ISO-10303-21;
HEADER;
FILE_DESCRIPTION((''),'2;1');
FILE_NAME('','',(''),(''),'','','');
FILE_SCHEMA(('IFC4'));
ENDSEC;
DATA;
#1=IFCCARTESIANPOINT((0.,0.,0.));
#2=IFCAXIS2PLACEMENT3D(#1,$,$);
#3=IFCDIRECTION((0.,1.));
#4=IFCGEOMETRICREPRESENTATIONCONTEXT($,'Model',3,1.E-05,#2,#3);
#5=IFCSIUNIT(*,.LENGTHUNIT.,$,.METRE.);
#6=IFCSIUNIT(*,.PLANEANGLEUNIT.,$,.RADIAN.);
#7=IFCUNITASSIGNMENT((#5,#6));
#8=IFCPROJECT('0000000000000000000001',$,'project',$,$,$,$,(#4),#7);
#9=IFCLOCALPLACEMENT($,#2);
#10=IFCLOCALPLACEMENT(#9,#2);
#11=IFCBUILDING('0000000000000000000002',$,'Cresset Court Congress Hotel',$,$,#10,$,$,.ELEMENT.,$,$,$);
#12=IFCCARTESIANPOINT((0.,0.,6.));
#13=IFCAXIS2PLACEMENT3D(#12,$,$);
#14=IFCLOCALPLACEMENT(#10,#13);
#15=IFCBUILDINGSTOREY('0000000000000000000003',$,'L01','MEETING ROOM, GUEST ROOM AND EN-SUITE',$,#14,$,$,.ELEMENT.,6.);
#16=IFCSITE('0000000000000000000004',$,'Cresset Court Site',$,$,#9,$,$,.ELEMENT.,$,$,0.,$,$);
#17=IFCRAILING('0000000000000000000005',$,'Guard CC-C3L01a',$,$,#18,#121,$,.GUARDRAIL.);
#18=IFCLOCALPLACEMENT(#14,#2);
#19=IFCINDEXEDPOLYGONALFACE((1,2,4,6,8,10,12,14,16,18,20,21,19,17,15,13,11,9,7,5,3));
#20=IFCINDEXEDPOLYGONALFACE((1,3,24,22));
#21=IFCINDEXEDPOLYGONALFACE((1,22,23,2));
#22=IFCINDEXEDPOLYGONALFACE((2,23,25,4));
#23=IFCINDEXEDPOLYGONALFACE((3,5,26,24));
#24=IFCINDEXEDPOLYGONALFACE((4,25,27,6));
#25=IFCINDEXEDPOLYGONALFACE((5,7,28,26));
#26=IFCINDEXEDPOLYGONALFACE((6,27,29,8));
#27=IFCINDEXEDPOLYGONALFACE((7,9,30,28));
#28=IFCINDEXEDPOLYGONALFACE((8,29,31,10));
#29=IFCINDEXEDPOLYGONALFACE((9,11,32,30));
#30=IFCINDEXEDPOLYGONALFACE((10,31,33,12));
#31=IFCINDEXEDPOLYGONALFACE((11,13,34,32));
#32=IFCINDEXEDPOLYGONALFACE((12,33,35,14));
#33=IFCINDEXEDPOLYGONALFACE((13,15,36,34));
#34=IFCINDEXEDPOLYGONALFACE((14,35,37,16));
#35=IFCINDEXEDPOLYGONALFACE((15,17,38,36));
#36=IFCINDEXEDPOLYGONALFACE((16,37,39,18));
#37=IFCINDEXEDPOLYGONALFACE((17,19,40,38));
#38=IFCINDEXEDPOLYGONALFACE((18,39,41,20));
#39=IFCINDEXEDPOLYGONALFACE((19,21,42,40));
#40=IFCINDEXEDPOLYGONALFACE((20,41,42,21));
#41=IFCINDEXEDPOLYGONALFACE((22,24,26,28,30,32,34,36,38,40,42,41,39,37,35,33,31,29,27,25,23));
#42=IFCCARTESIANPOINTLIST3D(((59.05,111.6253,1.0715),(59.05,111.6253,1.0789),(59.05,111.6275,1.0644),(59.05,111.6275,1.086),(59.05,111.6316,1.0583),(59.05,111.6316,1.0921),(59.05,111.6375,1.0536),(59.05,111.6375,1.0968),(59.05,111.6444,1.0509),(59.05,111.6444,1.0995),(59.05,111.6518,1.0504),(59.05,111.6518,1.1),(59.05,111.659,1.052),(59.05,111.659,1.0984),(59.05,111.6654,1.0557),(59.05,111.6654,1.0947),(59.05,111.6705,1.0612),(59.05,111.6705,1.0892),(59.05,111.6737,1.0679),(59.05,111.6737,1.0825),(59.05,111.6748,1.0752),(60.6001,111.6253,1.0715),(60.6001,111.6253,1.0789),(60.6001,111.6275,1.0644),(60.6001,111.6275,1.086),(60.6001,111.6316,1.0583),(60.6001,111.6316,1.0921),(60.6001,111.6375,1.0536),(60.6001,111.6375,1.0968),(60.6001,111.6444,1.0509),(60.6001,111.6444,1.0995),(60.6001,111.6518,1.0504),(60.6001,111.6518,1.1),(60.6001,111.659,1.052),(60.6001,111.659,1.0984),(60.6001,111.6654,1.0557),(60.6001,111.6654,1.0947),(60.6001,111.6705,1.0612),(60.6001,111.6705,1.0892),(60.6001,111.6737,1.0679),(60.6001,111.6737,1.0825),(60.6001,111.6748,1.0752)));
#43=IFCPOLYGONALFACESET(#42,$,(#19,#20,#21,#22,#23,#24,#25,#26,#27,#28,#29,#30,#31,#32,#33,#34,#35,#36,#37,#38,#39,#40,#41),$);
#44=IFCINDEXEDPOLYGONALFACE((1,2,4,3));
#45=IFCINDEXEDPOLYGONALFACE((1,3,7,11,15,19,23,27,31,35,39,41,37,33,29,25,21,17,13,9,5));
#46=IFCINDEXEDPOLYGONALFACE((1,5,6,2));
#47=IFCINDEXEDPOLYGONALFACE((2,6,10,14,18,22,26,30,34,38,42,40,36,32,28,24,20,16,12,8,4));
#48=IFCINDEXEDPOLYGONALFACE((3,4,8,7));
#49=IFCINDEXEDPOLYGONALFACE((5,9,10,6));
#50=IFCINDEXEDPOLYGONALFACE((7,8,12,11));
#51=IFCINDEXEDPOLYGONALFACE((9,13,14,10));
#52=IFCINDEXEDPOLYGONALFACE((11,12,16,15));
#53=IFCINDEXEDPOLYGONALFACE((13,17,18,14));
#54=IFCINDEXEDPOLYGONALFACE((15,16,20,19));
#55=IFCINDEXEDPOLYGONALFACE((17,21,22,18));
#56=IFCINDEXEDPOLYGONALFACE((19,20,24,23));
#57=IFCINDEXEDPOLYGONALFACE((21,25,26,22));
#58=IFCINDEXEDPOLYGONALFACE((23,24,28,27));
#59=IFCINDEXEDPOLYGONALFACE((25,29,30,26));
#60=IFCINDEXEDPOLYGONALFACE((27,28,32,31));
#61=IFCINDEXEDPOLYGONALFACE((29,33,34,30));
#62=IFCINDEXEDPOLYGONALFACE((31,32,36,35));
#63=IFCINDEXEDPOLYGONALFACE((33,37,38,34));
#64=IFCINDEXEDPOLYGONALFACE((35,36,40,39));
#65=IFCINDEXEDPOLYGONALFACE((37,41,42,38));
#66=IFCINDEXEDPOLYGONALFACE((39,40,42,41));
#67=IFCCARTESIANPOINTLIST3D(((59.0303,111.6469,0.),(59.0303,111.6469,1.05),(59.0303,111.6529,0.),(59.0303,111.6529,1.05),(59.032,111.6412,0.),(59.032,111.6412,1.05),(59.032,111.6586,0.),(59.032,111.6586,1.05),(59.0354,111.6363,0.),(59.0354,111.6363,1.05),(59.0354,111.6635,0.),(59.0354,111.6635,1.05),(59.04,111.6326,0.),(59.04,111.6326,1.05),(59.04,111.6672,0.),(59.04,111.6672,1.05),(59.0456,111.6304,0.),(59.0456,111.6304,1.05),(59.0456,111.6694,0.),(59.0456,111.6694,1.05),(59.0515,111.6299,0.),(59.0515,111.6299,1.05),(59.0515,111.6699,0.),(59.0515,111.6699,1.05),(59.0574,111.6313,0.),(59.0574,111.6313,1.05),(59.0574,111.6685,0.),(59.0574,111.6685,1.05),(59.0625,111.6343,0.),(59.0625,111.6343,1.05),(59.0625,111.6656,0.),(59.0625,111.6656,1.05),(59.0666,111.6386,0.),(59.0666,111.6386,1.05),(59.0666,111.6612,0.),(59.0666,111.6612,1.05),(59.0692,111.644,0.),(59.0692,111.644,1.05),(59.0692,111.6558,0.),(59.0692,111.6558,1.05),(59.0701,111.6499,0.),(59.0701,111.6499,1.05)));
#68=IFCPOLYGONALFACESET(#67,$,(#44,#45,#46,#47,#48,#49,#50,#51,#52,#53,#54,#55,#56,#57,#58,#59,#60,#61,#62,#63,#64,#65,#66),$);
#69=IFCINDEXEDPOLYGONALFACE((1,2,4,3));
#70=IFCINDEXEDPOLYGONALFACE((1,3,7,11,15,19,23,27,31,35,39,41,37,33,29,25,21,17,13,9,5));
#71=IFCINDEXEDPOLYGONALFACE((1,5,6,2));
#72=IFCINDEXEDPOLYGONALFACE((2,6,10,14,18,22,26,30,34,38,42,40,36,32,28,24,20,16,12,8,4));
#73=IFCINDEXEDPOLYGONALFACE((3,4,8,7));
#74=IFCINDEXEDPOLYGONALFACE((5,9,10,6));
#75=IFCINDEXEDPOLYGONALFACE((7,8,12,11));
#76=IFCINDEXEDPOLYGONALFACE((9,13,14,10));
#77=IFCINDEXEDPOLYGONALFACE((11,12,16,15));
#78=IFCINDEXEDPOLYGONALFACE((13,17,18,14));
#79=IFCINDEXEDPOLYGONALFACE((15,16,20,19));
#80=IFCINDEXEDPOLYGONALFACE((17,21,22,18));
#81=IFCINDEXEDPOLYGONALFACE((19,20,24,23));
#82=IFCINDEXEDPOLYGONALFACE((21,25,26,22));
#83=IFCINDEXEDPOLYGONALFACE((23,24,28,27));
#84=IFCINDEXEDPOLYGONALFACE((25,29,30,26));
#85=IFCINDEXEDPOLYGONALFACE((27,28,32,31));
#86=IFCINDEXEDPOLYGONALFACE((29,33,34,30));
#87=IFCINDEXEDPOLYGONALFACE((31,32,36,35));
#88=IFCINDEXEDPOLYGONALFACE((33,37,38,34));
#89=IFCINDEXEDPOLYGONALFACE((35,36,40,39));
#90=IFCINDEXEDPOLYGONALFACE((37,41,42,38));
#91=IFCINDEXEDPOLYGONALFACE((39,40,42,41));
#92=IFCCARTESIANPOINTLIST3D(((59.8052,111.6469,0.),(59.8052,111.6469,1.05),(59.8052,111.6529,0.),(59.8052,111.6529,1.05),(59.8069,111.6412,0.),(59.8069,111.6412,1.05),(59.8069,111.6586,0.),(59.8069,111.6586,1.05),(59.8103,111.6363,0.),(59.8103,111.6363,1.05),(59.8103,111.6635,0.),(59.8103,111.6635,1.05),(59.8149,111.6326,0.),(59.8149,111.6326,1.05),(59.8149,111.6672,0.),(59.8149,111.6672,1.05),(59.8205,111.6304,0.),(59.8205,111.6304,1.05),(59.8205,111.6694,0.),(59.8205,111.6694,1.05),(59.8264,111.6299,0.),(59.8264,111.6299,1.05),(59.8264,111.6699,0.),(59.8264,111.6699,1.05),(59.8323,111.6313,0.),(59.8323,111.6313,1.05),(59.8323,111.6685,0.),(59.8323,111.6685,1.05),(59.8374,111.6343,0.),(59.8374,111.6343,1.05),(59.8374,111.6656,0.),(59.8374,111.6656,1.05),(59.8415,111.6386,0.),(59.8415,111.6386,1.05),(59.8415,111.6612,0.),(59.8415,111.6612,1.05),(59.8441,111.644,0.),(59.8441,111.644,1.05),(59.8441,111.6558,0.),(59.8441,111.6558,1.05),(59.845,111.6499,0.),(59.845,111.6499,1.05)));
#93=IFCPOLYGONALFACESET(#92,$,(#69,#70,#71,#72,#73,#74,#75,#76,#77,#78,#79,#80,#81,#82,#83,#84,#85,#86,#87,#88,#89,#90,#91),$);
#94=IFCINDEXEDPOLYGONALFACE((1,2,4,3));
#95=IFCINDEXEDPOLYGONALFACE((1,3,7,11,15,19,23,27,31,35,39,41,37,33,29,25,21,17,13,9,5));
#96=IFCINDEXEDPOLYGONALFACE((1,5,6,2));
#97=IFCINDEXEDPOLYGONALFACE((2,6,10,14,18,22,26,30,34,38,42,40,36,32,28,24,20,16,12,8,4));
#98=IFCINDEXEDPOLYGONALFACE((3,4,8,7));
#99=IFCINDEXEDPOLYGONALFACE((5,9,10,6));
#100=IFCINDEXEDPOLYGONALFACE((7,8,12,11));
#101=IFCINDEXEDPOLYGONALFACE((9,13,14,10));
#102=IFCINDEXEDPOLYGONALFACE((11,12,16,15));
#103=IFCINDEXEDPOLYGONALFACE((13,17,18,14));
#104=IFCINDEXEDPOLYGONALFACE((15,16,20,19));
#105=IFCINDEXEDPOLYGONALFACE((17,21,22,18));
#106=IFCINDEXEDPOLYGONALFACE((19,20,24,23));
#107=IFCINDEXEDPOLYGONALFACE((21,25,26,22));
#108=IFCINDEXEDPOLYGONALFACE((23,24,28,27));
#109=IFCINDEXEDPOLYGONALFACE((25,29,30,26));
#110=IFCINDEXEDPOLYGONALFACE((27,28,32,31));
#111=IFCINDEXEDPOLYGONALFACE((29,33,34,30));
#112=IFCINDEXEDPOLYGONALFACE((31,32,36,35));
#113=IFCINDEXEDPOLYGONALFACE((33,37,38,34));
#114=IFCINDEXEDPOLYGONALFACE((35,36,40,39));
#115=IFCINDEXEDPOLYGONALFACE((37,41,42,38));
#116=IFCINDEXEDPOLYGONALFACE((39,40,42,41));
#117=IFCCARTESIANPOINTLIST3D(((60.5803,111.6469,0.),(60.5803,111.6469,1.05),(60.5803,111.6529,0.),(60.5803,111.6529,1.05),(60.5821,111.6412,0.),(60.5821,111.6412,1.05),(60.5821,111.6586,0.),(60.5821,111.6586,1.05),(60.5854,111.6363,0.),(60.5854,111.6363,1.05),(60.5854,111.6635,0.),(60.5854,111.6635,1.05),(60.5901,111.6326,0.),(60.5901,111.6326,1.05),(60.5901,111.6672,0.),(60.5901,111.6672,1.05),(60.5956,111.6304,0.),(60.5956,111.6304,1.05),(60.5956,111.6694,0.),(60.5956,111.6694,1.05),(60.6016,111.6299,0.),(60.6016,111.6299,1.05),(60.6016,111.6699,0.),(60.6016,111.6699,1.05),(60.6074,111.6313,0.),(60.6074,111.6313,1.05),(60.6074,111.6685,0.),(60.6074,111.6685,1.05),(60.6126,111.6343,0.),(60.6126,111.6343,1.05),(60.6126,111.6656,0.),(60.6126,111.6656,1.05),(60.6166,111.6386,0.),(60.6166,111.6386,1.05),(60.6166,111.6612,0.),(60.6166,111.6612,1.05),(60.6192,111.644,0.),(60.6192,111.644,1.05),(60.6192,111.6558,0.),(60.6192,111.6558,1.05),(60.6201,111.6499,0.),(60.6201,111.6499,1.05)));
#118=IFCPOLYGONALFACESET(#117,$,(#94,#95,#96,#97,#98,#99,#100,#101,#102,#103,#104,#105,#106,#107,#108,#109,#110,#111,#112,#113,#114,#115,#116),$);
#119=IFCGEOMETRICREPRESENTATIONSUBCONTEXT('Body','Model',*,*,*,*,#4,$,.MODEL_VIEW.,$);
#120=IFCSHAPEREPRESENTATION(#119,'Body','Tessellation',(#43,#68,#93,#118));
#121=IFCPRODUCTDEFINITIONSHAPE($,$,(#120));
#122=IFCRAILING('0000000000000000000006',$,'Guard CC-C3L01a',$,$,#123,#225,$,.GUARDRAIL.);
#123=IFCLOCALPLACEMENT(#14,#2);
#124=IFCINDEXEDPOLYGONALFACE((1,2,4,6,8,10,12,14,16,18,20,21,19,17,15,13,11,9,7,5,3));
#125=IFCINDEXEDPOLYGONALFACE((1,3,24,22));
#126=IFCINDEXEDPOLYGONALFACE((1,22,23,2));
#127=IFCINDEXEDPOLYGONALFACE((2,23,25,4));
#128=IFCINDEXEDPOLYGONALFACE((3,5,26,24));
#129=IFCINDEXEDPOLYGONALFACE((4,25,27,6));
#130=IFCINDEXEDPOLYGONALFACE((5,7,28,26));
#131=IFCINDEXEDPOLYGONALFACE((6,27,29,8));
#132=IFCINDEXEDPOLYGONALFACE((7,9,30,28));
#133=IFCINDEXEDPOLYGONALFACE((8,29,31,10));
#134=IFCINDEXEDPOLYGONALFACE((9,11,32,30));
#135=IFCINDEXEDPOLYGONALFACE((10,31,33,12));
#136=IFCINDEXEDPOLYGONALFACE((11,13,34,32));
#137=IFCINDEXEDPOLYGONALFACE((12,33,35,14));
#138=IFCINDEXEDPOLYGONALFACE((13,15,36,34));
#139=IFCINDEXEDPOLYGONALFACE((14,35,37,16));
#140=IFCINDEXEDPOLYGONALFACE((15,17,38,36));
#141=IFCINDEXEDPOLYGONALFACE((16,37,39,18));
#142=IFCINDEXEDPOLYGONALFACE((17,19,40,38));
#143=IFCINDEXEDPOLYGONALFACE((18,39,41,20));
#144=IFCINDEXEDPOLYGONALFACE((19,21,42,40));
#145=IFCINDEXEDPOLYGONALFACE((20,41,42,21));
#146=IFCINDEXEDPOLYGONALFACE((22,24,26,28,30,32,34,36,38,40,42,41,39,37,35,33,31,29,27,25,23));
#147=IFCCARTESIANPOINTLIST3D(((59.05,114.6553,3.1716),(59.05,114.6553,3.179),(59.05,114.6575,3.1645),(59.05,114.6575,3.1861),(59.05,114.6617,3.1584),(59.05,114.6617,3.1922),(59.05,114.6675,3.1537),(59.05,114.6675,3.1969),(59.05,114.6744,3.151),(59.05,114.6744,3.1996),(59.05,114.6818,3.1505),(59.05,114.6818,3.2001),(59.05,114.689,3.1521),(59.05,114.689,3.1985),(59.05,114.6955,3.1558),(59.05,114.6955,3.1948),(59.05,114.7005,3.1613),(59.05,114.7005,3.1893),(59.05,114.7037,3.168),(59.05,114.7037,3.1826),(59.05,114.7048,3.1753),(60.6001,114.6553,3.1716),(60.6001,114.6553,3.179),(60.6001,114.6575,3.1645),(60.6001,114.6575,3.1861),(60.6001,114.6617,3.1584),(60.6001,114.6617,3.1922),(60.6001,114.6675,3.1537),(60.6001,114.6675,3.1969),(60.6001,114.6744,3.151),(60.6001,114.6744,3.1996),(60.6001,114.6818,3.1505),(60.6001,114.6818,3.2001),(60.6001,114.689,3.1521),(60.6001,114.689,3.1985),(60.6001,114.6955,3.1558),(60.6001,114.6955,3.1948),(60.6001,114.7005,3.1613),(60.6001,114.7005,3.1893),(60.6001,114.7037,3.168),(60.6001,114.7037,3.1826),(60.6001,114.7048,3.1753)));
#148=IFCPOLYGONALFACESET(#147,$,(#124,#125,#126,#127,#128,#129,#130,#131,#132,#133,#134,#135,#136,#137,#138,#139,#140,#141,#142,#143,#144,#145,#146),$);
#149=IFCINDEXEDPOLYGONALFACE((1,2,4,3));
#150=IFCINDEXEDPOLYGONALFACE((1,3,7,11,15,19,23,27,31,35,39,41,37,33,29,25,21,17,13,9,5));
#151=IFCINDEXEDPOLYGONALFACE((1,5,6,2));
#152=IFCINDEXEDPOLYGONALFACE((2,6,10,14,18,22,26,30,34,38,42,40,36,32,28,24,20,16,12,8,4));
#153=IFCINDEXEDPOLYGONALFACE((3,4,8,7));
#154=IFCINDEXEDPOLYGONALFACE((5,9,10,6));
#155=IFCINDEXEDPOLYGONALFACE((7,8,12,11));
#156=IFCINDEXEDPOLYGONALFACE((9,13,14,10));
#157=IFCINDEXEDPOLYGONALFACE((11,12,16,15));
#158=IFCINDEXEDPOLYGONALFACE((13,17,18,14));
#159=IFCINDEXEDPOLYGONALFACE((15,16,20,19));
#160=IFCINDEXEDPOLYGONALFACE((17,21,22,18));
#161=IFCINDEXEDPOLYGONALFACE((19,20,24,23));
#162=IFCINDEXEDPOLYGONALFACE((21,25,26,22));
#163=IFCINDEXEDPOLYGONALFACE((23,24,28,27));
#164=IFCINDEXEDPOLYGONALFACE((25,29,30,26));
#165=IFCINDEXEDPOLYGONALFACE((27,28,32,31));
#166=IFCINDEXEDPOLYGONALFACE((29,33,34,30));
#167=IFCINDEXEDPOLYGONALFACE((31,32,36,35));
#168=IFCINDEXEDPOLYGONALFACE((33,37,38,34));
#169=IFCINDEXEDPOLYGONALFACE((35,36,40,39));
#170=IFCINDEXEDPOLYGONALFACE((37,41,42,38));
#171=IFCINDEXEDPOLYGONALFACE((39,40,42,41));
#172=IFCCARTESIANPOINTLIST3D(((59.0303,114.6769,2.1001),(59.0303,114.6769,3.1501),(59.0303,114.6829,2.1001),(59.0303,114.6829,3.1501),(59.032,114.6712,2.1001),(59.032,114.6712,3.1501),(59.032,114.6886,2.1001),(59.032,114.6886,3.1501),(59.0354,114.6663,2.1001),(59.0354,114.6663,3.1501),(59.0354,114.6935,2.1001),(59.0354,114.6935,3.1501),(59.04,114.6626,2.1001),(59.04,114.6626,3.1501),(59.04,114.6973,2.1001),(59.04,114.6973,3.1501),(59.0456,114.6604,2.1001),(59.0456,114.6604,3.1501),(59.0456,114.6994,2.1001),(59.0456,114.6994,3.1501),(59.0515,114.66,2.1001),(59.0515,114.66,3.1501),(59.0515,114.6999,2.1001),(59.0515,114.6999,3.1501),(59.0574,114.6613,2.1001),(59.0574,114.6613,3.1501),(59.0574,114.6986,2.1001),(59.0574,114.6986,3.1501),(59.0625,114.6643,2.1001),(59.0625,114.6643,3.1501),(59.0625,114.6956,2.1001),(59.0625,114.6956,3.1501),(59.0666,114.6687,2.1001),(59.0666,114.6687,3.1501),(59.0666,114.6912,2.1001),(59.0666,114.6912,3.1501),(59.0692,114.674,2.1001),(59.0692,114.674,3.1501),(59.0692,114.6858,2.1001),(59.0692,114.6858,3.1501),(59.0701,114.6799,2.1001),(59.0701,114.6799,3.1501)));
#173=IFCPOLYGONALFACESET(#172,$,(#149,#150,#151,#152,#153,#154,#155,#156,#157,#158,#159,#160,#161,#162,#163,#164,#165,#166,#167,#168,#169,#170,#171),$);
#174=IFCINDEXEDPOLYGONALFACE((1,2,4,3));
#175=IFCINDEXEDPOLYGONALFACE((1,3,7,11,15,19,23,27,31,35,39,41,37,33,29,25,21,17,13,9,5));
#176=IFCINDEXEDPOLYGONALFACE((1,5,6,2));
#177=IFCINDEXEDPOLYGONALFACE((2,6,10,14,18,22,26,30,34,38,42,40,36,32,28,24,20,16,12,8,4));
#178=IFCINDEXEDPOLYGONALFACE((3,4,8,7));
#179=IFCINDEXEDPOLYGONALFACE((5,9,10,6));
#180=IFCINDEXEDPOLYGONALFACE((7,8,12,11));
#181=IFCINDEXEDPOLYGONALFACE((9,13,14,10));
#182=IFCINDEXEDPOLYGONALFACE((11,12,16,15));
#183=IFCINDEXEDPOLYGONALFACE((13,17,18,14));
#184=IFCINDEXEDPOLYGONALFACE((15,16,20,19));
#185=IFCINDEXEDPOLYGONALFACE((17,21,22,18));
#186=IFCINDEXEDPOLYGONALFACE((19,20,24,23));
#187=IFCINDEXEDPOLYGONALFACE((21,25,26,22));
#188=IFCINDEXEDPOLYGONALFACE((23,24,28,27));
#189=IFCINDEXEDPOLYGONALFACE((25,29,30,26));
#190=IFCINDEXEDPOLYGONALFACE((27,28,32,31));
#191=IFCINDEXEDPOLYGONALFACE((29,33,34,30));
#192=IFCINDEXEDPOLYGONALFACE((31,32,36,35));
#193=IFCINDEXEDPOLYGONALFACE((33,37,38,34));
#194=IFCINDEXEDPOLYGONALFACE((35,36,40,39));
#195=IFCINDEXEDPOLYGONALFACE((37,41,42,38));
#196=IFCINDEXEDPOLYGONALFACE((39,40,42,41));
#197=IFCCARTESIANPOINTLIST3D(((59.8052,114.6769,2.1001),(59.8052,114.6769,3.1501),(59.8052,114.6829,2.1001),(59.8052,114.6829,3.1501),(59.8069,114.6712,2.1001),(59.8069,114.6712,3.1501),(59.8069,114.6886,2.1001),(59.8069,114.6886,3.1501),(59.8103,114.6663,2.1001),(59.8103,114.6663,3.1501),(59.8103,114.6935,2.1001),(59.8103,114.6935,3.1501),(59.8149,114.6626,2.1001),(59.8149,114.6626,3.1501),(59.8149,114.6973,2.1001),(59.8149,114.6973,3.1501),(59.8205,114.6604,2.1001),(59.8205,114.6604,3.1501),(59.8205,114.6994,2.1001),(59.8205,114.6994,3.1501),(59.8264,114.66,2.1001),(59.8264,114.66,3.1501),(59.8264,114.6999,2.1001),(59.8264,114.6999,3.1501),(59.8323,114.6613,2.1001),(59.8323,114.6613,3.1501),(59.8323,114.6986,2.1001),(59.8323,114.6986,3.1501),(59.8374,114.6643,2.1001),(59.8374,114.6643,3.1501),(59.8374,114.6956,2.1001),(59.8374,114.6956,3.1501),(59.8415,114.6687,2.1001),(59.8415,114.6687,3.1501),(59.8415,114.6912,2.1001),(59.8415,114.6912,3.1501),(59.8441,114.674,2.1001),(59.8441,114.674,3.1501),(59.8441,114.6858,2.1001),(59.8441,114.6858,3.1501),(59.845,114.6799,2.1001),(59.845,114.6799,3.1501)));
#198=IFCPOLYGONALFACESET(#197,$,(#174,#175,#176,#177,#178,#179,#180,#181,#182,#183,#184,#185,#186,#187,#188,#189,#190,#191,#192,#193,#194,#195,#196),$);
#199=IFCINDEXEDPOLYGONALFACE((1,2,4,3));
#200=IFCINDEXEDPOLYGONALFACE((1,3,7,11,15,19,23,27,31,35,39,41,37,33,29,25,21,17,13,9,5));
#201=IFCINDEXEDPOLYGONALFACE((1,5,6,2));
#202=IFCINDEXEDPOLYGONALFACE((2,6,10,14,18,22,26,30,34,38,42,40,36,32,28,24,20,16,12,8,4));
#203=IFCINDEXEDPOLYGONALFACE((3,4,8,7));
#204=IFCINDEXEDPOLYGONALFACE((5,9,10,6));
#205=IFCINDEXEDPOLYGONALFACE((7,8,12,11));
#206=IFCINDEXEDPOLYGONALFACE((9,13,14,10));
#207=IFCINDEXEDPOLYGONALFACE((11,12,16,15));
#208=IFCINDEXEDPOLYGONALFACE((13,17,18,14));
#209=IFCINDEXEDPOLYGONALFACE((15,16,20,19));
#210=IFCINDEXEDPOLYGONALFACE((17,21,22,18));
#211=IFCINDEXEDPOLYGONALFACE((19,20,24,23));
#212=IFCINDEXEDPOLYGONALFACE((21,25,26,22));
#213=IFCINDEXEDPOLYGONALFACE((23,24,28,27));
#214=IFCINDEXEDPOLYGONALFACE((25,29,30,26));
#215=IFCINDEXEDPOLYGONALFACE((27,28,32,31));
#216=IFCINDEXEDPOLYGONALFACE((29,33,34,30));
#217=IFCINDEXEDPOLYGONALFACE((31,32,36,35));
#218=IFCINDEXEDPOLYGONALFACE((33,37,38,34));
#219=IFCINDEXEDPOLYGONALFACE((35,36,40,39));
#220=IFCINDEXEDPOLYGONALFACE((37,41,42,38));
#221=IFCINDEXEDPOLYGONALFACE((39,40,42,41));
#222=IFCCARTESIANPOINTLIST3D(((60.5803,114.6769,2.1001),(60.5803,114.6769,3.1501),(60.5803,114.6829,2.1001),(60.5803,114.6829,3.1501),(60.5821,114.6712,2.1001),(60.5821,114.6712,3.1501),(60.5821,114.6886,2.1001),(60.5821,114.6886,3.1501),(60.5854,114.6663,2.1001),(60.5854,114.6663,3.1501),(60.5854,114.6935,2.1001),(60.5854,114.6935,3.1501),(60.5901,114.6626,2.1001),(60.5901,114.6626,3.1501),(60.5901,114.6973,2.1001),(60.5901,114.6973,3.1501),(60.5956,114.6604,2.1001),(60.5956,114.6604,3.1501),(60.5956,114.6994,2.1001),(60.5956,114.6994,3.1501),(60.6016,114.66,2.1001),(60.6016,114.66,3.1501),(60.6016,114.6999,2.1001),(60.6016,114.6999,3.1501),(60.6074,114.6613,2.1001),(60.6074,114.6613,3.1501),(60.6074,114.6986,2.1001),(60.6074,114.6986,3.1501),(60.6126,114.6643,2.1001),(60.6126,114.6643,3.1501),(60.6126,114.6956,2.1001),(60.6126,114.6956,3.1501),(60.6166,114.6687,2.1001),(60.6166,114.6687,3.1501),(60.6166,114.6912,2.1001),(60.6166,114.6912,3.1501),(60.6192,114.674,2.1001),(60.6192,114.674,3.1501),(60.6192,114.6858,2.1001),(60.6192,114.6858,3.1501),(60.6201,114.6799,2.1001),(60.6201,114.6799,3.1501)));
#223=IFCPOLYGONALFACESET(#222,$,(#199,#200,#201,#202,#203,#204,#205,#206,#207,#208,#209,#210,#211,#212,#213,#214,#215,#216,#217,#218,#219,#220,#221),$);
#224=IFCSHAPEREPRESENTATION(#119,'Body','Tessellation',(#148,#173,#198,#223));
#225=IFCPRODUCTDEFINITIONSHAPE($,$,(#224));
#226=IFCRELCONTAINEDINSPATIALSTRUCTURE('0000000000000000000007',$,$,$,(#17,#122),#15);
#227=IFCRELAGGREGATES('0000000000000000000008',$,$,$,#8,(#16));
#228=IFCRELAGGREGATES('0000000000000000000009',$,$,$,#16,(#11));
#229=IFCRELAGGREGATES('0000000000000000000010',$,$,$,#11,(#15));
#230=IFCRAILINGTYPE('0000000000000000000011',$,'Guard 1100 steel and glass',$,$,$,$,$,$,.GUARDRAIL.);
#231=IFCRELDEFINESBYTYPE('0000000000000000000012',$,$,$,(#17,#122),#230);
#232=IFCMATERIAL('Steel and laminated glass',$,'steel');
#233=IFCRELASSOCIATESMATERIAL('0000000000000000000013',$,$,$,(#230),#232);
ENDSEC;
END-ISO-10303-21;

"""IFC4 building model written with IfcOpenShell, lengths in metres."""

from ifc_helpers import new_model, si_unit, direction, frame, origin, origin_2d, place, context, subcontext, project, spatial, circle, extrude, material, type_object, element, save


model = new_model("IFC4")

# Units and contexts
model_context = context("Model", 3, precision=1e-05, world=origin(), true_north=direction((0.0, 1.0)))
body_context = subcontext(model_context, "Body", "Model", "MODEL_VIEW")
ifc_project = project(units=[si_unit("LENGTHUNIT", "METRE"), si_unit("PLANEANGLEUNIT", "RADIAN")], contexts=[model_context])

# Site, building, storey
site_placement = place(None, origin())
site = spatial("IfcSite", under=ifc_project, at=site_placement, Name="Cresset Court Site", CompositionType="ELEMENT", RefElevation=0.0)
building_placement = place(site_placement, origin())
building = spatial("IfcBuilding", under=site, at=building_placement, Name="Cresset Court Congress Hotel", CompositionType="ELEMENT")
storey_placement = place(building_placement, frame((0.0, 0.0, 6.0)))
storey = spatial("IfcBuildingStorey", under=building, at=storey_placement, Name="L01", Description="MEETING ROOM, GUEST ROOM AND EN-SUITE", CompositionType="ELEMENT", Elevation=6.0)

# Railings
ifc_material_1 = material(Name="Steel and laminated glass", Category="steel")
railing_type_1 = type_object("IfcRailingType", Name="Guard 1100 steel and glass", PredefinedType="GUARDRAIL", material=ifc_material_1)
for number, where, name in (
    (1, (59.05, 111.6499, 0.0), "Guard CC-C3L01a"),
    (2, (59.05, 114.6799, 2.1001), "Guard CC-C3L01a"),
):
    element("IfcRailing", number, at=place(storey_placement, frame(where)), inside=storey, type_object=railing_type_1, Name=name, PredefinedType="GUARDRAIL", context=body_context, shape_type="SweptSolid", body=[
        extrude(circle(Radius=0.0249, at=origin_2d()), frame((0.0, 0.0, 1.0752), z_axis=(1.0, 0.0, 0.0), x_axis=(0.0, 1.0, 0.0)), (0.0, 0.0, 1.0), 1.55),
        extrude(circle(Radius=0.02, at=origin_2d()), origin(), (0.0, 0.0, 1.0), 1.05),
        extrude(circle(Radius=0.02, at=origin_2d()), frame((0.7749, 0.0, 0.0)), (0.0, 0.0, 1.0), 1.05),
        extrude(circle(Radius=0.02, at=origin_2d()), frame((1.55, 0.0, 0.0)), (0.0, 0.0, 1.0), 1.05),
    ])

save(model, "model.ifc")
